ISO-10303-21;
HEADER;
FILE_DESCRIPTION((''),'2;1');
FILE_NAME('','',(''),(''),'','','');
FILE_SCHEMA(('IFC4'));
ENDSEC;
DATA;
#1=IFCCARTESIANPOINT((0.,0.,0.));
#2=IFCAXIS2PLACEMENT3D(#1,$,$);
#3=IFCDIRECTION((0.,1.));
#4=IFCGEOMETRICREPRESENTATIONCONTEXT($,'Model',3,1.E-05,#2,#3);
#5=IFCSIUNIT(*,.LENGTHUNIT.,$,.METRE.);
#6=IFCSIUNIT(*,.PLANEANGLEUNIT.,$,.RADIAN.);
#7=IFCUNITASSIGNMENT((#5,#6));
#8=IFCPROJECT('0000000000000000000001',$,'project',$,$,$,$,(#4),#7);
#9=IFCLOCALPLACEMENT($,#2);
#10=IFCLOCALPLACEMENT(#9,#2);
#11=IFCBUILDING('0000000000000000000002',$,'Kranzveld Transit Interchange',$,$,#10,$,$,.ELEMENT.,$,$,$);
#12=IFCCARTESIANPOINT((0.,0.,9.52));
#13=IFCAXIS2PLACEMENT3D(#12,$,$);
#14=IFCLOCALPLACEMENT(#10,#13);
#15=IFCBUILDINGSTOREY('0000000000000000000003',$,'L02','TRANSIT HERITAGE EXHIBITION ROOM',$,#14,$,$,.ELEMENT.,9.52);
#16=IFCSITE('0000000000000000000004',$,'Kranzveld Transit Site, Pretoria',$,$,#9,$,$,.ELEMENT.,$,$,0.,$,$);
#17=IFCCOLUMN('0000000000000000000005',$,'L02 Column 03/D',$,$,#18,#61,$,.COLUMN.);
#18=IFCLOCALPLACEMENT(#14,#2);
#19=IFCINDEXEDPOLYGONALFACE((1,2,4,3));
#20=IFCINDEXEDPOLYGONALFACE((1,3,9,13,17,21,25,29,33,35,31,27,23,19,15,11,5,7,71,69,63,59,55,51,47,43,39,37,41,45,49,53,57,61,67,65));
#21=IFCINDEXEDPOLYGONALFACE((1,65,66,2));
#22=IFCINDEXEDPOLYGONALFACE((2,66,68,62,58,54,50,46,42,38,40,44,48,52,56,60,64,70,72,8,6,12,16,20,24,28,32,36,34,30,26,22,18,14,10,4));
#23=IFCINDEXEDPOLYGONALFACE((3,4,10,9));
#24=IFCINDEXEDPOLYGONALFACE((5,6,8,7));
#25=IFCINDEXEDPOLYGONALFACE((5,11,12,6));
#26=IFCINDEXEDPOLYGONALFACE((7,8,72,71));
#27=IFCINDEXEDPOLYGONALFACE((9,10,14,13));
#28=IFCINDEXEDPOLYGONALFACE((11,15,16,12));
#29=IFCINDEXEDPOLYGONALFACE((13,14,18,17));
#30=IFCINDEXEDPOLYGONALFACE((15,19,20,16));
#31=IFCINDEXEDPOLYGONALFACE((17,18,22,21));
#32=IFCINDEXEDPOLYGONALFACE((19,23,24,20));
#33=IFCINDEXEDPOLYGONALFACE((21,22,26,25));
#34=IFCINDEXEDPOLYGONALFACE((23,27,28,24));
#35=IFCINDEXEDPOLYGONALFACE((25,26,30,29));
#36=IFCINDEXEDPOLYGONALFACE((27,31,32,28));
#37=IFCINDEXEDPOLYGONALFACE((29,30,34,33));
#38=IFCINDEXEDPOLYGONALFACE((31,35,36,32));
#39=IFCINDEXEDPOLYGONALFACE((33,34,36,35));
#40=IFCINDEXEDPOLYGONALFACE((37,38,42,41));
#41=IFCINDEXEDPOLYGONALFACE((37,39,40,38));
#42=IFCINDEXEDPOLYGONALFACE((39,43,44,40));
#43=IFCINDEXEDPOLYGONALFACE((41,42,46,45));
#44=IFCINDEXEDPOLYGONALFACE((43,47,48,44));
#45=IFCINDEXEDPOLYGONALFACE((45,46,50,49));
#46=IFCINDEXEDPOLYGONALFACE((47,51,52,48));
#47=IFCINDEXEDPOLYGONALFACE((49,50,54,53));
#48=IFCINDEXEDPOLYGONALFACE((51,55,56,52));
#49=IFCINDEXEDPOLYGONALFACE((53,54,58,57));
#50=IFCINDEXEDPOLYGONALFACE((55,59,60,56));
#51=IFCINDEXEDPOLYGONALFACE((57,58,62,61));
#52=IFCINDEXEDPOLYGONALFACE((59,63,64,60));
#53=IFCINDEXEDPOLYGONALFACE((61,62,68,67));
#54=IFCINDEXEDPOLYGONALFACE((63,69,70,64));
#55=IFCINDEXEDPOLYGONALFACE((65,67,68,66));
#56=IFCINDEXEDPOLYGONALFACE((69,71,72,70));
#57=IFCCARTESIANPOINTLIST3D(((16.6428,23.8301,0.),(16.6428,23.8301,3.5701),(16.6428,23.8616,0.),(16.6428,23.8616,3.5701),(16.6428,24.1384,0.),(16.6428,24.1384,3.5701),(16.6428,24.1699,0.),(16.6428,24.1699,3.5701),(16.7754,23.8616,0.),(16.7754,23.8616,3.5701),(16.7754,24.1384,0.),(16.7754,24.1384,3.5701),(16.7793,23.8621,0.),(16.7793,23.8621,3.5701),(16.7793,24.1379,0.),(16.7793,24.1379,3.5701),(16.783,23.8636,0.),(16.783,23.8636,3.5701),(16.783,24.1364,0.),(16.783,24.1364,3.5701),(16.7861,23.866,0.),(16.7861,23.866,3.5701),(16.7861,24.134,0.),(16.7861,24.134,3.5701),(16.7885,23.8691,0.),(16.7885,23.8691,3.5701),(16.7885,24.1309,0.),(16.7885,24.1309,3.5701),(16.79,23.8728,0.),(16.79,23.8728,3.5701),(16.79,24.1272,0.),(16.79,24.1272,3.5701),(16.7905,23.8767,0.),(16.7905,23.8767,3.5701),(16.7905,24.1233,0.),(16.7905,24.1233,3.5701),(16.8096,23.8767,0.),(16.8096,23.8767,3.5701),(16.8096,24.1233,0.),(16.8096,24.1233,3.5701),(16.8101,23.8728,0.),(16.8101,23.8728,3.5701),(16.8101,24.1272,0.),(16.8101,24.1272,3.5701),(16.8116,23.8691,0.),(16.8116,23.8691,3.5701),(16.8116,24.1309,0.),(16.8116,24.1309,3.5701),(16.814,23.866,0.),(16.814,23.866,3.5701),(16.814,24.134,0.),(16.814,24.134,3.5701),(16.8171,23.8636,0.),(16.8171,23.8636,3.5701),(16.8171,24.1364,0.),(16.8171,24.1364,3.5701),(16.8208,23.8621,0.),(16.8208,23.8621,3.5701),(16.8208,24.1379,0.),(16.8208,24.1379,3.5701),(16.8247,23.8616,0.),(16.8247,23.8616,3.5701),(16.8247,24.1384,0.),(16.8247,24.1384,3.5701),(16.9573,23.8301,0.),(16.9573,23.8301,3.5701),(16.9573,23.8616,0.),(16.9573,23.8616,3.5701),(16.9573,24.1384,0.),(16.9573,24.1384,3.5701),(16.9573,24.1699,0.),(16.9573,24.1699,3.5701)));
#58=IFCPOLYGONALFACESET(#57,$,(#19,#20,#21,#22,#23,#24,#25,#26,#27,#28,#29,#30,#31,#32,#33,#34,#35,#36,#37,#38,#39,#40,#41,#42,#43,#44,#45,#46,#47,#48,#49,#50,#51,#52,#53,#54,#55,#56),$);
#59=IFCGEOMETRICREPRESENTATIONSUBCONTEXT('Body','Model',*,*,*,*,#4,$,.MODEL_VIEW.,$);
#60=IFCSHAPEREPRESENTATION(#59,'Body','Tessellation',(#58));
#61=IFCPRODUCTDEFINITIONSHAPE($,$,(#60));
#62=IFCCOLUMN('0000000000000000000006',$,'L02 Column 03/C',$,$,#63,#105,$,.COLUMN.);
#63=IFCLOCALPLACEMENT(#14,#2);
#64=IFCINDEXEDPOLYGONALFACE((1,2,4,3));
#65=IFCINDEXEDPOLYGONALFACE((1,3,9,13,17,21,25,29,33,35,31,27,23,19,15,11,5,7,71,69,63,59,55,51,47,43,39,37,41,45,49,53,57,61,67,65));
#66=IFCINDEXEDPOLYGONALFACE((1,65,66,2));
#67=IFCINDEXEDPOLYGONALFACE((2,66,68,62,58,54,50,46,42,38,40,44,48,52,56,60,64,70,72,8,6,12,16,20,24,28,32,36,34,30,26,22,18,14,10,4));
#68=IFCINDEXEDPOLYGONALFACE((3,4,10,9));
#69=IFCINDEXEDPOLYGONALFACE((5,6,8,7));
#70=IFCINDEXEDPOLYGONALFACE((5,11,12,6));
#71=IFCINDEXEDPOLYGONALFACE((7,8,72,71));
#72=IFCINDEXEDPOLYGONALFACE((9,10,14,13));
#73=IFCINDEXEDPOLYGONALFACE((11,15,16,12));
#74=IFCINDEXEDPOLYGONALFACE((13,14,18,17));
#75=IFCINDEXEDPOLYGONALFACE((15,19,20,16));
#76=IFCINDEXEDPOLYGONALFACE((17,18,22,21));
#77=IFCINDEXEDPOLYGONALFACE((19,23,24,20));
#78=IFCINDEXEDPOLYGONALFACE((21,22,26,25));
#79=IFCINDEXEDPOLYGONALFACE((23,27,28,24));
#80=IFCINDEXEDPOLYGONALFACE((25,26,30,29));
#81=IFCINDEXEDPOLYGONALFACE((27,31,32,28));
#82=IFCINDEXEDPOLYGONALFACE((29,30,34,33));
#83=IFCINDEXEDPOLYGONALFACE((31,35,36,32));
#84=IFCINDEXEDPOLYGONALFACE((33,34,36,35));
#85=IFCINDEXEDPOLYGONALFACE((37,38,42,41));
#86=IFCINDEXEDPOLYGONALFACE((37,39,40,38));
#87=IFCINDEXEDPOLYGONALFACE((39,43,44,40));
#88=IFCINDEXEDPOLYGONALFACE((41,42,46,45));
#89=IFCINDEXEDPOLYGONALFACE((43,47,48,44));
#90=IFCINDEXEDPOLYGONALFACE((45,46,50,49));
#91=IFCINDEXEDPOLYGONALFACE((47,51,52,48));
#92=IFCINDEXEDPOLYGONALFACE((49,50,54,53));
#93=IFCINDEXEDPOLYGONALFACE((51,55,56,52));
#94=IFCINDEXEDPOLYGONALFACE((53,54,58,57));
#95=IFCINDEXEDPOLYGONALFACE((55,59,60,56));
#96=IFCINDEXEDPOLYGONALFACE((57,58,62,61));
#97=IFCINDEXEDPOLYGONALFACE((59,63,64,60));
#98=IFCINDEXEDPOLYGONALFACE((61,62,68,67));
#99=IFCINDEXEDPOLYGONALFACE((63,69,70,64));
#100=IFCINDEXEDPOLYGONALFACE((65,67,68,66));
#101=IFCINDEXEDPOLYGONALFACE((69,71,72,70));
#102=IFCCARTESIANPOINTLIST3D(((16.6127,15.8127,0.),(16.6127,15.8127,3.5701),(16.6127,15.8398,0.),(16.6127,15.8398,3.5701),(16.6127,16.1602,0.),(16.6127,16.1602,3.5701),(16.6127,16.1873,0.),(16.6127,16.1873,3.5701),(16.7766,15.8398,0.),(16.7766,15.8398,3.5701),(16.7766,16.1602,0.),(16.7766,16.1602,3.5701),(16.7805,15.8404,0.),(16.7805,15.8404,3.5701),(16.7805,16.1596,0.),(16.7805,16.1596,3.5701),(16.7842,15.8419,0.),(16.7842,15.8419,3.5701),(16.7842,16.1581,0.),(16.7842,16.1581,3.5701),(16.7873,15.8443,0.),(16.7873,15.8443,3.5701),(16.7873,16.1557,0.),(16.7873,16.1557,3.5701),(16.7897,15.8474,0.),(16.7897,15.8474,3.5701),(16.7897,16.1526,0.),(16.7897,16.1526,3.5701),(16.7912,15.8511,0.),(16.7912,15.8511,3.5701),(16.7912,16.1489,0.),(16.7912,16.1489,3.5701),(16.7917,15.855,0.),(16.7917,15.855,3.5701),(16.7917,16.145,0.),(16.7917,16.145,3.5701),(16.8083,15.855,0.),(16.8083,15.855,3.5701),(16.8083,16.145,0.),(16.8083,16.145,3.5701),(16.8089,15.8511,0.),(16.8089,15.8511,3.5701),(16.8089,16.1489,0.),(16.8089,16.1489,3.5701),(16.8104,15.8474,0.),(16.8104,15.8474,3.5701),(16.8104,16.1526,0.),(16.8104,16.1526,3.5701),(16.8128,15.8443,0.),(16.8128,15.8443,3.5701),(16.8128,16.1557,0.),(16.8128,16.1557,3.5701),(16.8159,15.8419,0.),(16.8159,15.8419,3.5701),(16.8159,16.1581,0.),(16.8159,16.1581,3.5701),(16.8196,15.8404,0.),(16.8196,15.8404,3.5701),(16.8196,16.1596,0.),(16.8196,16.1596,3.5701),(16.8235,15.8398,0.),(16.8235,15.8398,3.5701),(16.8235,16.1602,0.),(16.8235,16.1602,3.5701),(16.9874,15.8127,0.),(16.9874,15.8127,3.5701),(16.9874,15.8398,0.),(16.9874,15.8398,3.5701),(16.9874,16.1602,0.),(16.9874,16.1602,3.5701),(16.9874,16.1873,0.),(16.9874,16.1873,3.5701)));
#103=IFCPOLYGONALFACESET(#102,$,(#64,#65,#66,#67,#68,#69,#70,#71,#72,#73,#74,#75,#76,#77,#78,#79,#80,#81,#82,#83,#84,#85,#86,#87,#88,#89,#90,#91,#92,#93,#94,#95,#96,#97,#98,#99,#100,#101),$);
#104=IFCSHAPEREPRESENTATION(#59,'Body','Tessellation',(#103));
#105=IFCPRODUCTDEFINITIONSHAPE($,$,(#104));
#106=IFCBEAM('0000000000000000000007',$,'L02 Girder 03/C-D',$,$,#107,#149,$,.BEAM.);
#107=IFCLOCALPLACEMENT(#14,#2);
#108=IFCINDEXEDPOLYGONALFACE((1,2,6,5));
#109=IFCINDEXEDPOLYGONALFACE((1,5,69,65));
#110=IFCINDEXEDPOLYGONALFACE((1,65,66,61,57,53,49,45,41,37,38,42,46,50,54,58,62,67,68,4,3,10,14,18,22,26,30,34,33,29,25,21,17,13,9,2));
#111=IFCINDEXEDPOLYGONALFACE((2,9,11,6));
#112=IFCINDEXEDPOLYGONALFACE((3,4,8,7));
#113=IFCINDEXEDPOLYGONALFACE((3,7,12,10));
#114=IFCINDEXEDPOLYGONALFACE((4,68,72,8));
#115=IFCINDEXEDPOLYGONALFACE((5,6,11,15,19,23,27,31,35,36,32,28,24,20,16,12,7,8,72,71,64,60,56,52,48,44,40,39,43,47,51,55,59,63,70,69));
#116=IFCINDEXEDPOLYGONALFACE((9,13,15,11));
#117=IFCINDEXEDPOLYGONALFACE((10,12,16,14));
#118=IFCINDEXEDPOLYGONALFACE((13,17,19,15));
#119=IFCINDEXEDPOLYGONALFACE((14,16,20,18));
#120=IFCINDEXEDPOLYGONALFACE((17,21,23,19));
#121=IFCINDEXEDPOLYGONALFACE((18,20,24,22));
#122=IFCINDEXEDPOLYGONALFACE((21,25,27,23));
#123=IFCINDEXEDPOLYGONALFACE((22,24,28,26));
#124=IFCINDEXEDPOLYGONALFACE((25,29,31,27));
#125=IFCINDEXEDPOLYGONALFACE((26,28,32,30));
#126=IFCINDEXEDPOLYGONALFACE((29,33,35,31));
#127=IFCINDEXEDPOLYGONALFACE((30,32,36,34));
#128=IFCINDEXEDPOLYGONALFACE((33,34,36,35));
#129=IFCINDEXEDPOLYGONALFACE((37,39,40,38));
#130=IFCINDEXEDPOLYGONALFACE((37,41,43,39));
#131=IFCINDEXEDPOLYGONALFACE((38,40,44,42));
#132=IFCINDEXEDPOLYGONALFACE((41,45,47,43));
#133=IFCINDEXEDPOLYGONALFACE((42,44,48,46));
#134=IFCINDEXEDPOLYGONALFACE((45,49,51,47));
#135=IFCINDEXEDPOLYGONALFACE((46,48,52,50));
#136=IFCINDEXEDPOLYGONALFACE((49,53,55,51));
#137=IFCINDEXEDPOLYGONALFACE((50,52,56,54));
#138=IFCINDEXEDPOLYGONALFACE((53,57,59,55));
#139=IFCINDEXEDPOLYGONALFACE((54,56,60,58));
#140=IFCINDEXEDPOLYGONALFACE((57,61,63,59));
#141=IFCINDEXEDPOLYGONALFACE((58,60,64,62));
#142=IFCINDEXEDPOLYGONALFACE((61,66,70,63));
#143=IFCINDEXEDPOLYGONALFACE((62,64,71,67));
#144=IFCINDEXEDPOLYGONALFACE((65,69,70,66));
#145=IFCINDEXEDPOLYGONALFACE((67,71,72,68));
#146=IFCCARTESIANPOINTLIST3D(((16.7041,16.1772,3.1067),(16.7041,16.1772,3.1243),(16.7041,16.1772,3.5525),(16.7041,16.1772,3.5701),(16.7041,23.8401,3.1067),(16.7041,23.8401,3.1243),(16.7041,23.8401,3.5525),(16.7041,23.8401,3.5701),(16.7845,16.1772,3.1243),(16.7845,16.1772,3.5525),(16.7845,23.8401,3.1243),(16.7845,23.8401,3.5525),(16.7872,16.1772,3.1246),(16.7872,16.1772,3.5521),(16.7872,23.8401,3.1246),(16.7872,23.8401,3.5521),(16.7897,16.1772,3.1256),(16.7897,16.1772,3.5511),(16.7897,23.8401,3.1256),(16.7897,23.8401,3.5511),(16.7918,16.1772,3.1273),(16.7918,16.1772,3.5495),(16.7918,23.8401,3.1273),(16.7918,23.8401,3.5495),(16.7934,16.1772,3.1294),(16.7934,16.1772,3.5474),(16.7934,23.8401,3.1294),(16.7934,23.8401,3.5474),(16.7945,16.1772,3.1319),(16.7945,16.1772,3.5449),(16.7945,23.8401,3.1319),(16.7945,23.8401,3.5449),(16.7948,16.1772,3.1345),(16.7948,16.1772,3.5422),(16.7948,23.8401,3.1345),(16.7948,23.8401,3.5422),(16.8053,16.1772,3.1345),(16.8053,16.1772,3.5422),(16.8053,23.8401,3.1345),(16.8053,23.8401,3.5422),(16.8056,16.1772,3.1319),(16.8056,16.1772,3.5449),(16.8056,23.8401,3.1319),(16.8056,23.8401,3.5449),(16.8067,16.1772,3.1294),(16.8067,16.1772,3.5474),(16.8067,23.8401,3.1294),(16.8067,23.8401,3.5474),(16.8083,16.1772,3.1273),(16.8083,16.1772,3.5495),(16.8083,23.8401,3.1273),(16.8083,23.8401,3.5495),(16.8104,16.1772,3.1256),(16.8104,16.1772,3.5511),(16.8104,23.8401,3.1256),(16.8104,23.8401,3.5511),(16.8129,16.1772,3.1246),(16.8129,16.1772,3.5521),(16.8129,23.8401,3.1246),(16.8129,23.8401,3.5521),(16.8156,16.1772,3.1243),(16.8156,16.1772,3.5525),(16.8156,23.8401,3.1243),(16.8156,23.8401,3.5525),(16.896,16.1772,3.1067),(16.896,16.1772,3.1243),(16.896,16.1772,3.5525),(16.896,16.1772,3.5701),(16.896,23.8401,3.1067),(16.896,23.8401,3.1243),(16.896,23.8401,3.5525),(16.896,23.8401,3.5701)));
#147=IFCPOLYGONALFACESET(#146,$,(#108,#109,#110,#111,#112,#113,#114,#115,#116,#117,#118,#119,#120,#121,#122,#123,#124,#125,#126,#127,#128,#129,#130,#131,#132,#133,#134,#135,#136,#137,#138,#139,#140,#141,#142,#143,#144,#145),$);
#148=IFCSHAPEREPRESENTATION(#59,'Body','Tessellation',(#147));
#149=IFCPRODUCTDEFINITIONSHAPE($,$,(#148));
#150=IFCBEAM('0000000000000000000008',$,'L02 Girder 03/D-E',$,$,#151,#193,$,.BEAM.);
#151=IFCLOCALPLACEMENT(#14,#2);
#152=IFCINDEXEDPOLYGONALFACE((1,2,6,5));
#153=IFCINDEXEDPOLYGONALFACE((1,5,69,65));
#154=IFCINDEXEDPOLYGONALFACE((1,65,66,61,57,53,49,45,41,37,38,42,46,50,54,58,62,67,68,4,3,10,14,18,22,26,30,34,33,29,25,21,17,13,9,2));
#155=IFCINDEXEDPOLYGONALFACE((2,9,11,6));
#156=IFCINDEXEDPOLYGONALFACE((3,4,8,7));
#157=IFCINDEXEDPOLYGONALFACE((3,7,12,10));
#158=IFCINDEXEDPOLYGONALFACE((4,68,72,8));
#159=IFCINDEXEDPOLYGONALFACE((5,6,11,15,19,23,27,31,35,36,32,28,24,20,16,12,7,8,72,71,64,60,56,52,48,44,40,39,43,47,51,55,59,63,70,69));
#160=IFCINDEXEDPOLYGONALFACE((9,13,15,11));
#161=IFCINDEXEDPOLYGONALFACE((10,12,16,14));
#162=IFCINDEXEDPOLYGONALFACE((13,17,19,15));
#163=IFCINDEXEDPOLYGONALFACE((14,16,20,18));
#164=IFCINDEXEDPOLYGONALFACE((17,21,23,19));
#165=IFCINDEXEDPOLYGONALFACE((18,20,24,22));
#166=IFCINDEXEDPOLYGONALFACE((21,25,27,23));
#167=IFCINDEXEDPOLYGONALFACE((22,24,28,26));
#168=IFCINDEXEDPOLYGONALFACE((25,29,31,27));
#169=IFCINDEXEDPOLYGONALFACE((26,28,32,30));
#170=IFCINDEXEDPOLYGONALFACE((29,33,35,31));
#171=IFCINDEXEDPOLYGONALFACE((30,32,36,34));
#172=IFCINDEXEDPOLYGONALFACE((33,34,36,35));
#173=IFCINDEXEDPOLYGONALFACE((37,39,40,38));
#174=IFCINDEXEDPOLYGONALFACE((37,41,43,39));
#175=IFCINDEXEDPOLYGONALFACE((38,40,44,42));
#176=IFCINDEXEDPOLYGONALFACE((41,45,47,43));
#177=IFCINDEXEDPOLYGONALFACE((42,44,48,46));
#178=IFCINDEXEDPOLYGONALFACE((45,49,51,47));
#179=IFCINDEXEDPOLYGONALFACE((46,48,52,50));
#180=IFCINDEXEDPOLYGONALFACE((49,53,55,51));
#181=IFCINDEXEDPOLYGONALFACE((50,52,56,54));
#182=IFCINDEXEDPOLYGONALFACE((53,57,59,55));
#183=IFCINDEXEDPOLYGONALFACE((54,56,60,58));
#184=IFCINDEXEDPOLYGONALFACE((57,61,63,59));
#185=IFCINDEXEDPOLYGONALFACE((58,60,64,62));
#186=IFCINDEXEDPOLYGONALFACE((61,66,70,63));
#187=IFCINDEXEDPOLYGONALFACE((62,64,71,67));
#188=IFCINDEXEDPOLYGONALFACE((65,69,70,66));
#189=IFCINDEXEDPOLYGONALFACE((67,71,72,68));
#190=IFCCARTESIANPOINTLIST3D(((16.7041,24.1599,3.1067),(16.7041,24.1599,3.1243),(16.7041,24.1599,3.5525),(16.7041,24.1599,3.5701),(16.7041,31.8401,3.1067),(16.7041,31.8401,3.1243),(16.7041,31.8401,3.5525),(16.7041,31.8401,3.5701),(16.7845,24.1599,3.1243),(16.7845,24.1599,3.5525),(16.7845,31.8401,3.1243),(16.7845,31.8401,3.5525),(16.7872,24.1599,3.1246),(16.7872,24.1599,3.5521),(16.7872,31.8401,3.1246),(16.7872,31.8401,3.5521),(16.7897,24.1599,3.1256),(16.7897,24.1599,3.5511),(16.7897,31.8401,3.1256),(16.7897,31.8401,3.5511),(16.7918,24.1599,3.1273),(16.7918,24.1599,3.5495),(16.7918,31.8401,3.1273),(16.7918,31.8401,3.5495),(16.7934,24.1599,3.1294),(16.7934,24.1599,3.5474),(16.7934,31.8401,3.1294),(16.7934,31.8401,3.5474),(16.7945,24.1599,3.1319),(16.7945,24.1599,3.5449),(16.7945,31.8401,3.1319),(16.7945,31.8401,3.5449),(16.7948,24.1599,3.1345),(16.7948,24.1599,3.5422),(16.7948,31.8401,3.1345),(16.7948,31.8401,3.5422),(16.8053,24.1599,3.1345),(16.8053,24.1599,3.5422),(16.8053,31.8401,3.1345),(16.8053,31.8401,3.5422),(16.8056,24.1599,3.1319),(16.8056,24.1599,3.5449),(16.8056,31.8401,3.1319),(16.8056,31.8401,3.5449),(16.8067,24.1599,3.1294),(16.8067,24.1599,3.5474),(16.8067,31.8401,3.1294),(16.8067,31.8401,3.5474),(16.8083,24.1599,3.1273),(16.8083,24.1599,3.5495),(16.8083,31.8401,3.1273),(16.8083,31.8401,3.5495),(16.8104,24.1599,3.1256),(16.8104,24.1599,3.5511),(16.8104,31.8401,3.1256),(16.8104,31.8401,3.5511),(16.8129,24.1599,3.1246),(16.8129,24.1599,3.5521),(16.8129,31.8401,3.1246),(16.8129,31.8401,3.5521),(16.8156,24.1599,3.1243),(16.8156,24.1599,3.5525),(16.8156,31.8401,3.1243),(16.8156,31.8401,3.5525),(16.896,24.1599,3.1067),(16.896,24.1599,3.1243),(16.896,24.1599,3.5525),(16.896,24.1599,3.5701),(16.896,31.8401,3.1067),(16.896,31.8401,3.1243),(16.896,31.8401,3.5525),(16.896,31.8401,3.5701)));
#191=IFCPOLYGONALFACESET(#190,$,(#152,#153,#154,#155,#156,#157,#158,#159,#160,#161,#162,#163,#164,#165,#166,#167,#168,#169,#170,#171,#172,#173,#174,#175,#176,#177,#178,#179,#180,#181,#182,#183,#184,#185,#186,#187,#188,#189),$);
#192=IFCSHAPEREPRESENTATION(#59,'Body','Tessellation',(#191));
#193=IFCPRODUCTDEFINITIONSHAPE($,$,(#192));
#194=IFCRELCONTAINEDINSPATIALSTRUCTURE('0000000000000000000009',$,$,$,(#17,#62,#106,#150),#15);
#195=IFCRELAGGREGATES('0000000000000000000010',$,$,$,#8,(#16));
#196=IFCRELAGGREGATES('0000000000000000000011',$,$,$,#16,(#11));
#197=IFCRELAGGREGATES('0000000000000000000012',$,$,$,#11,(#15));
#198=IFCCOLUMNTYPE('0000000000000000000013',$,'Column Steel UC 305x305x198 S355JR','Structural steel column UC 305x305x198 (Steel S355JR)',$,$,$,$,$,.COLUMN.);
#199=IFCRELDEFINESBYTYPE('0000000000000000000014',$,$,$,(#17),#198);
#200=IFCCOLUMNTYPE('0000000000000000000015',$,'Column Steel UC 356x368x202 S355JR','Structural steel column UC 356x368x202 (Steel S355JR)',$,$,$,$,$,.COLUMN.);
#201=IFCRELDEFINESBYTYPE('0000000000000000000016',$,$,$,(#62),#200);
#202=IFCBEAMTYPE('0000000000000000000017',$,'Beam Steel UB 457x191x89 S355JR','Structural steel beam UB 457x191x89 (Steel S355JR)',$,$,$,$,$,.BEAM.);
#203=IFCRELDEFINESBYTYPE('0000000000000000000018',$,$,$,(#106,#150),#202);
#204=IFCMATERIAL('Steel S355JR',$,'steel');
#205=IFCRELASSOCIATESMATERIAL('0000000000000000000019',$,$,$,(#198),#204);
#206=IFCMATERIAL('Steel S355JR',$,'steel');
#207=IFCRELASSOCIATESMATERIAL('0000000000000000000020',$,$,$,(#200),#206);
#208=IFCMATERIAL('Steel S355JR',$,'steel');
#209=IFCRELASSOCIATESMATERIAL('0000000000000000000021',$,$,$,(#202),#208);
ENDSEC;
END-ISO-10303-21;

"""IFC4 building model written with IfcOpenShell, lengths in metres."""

from ifc_helpers import new_model, si_unit, direction, frame, origin, origin_2d, place, context, subcontext, project, spatial, i_section, extrude, material, material_profile, profile_set, type_object, element, save


model = new_model("IFC4")

# Units and contexts
model_context = context("Model", 3, precision=1e-05, world=origin(), true_north=direction((0.0, 1.0)))
body_context = subcontext(model_context, "Body", "Model", "MODEL_VIEW")
ifc_project = project(units=[si_unit("LENGTHUNIT", "METRE"), si_unit("PLANEANGLEUNIT", "RADIAN")], contexts=[model_context])

# Site, building, storey
site_placement = place(None, origin())
site = spatial("IfcSite", under=ifc_project, at=site_placement, Name="Kranzveld Transit Site, Pretoria", CompositionType="ELEMENT", RefElevation=0.0)
building_placement = place(site_placement, origin())
building = spatial("IfcBuilding", under=site, at=building_placement, Name="Kranzveld Transit Interchange", CompositionType="ELEMENT")
storey_placement = place(building_placement, frame((0.0, 0.0, 9.52)))
storey = spatial("IfcBuildingStorey", under=building, at=storey_placement, Name="L02", Description="TRANSIT HERITAGE EXHIBITION ROOM", CompositionType="ELEMENT", Elevation=9.52)

# Columns
ifc_material_1 = material(Name="Steel S355JR", Category="steel")
ifc_material_profile_1 = material_profile(ifc_material_1, i_section(OverallWidth=0.3145, OverallDepth=0.3398, WebThickness=0.019, FlangeThickness=0.0315, FilletRadius=0.0151, at=origin_2d()), Name="UC 305x305x198")
ifc_profile_set_1 = profile_set([ifc_material_profile_1], Name="Steel S355JR")
column_type_1 = type_object("IfcColumnType", Name="Column Steel UC 305x305x198 S355JR", Description="Structural steel column UC 305x305x198 (Steel S355JR)", PredefinedType="COLUMN", material=ifc_profile_set_1)
column_1_placement = place(storey_placement, frame((16.8, 24.0, 0.0), z_axis=(0.0, 0.0, 1.0), x_axis=(1.0, 0.0, 0.0)))
element("IfcColumn", 1, at=column_1_placement, inside=storey, type_object=column_type_1, Name="L02 Column 03/D", PredefinedType="COLUMN", context=body_context, shape_type="SweptSolid", body=[
    extrude(i_section(OverallWidth=0.3145, OverallDepth=0.3398, WebThickness=0.019, FlangeThickness=0.0315, FilletRadius=0.0151, at=origin_2d()), origin(), (0.0, 0.0, 1.0), 3.5701),
])
ifc_material_2 = material(Name="Steel S355JR", Category="steel")
ifc_material_profile_2 = material_profile(ifc_material_2, i_section(OverallWidth=0.3748, OverallDepth=0.3745, WebThickness=0.0166, FlangeThickness=0.0271, FilletRadius=0.0151, at=origin_2d()), Name="UC 356x368x202")
ifc_profile_set_2 = profile_set([ifc_material_profile_2], Name="Steel S355JR")
column_type_2 = type_object("IfcColumnType", Name="Column Steel UC 356x368x202 S355JR", Description="Structural steel column UC 356x368x202 (Steel S355JR)", PredefinedType="COLUMN", material=ifc_profile_set_2)
column_2_placement = place(storey_placement, frame((16.8, 16.0, 0.0), z_axis=(0.0, 0.0, 1.0), x_axis=(1.0, 0.0, 0.0)))
element("IfcColumn", 2, at=column_2_placement, inside=storey, type_object=column_type_2, Name="L02 Column 03/C", PredefinedType="COLUMN", context=body_context, shape_type="SweptSolid", body=[
    extrude(i_section(OverallWidth=0.3748, OverallDepth=0.3745, WebThickness=0.0166, FlangeThickness=0.0271, FilletRadius=0.0151, at=origin_2d()), origin(), (0.0, 0.0, 1.0), 3.5701),
])

# Beams
ifc_material_3 = material(Name="Steel S355JR", Category="steel")
ifc_material_profile_3 = material_profile(ifc_material_3, i_section(OverallWidth=0.1919, OverallDepth=0.4634, WebThickness=0.0105, FlangeThickness=0.0176, FilletRadius=0.0103, at=origin_2d()), Name="UB 457x191x89")
ifc_profile_set_3 = profile_set([ifc_material_profile_3], Name="Steel S355JR")
beam_type_1 = type_object("IfcBeamType", Name="Beam Steel UB 457x191x89 S355JR", Description="Structural steel beam UB 457x191x89 (Steel S355JR)", PredefinedType="BEAM", material=ifc_profile_set_3)
beam_1_placement = place(storey_placement, frame((16.8, 16.1772, 3.3384), z_axis=(0.0, 1.0, 0.0), x_axis=(-1.0, 0.0, 0.0)))
element("IfcBeam", 3, at=beam_1_placement, inside=storey, type_object=beam_type_1, Name="L02 Girder 03/C-D", PredefinedType="BEAM", context=body_context, shape_type="SweptSolid", body=[
    extrude(i_section(OverallWidth=0.1919, OverallDepth=0.4634, WebThickness=0.0105, FlangeThickness=0.0176, FilletRadius=0.0103, at=origin_2d()), origin(), (0.0, 0.0, 1.0), 7.6628),
])
beam_2_placement = place(storey_placement, frame((16.8, 24.1599, 3.3384), z_axis=(0.0, 1.0, 0.0), x_axis=(-1.0, 0.0, 0.0)))
element("IfcBeam", 4, at=beam_2_placement, inside=storey, type_object=beam_type_1, Name="L02 Girder 03/D-E", PredefinedType="BEAM", context=body_context, shape_type="SweptSolid", body=[
    extrude(i_section(OverallWidth=0.1919, OverallDepth=0.4634, WebThickness=0.0105, FlangeThickness=0.0176, FilletRadius=0.0103, at=origin_2d()), origin(), (0.0, 0.0, 1.0), 7.6802),
])

save(model, "model.ifc")
